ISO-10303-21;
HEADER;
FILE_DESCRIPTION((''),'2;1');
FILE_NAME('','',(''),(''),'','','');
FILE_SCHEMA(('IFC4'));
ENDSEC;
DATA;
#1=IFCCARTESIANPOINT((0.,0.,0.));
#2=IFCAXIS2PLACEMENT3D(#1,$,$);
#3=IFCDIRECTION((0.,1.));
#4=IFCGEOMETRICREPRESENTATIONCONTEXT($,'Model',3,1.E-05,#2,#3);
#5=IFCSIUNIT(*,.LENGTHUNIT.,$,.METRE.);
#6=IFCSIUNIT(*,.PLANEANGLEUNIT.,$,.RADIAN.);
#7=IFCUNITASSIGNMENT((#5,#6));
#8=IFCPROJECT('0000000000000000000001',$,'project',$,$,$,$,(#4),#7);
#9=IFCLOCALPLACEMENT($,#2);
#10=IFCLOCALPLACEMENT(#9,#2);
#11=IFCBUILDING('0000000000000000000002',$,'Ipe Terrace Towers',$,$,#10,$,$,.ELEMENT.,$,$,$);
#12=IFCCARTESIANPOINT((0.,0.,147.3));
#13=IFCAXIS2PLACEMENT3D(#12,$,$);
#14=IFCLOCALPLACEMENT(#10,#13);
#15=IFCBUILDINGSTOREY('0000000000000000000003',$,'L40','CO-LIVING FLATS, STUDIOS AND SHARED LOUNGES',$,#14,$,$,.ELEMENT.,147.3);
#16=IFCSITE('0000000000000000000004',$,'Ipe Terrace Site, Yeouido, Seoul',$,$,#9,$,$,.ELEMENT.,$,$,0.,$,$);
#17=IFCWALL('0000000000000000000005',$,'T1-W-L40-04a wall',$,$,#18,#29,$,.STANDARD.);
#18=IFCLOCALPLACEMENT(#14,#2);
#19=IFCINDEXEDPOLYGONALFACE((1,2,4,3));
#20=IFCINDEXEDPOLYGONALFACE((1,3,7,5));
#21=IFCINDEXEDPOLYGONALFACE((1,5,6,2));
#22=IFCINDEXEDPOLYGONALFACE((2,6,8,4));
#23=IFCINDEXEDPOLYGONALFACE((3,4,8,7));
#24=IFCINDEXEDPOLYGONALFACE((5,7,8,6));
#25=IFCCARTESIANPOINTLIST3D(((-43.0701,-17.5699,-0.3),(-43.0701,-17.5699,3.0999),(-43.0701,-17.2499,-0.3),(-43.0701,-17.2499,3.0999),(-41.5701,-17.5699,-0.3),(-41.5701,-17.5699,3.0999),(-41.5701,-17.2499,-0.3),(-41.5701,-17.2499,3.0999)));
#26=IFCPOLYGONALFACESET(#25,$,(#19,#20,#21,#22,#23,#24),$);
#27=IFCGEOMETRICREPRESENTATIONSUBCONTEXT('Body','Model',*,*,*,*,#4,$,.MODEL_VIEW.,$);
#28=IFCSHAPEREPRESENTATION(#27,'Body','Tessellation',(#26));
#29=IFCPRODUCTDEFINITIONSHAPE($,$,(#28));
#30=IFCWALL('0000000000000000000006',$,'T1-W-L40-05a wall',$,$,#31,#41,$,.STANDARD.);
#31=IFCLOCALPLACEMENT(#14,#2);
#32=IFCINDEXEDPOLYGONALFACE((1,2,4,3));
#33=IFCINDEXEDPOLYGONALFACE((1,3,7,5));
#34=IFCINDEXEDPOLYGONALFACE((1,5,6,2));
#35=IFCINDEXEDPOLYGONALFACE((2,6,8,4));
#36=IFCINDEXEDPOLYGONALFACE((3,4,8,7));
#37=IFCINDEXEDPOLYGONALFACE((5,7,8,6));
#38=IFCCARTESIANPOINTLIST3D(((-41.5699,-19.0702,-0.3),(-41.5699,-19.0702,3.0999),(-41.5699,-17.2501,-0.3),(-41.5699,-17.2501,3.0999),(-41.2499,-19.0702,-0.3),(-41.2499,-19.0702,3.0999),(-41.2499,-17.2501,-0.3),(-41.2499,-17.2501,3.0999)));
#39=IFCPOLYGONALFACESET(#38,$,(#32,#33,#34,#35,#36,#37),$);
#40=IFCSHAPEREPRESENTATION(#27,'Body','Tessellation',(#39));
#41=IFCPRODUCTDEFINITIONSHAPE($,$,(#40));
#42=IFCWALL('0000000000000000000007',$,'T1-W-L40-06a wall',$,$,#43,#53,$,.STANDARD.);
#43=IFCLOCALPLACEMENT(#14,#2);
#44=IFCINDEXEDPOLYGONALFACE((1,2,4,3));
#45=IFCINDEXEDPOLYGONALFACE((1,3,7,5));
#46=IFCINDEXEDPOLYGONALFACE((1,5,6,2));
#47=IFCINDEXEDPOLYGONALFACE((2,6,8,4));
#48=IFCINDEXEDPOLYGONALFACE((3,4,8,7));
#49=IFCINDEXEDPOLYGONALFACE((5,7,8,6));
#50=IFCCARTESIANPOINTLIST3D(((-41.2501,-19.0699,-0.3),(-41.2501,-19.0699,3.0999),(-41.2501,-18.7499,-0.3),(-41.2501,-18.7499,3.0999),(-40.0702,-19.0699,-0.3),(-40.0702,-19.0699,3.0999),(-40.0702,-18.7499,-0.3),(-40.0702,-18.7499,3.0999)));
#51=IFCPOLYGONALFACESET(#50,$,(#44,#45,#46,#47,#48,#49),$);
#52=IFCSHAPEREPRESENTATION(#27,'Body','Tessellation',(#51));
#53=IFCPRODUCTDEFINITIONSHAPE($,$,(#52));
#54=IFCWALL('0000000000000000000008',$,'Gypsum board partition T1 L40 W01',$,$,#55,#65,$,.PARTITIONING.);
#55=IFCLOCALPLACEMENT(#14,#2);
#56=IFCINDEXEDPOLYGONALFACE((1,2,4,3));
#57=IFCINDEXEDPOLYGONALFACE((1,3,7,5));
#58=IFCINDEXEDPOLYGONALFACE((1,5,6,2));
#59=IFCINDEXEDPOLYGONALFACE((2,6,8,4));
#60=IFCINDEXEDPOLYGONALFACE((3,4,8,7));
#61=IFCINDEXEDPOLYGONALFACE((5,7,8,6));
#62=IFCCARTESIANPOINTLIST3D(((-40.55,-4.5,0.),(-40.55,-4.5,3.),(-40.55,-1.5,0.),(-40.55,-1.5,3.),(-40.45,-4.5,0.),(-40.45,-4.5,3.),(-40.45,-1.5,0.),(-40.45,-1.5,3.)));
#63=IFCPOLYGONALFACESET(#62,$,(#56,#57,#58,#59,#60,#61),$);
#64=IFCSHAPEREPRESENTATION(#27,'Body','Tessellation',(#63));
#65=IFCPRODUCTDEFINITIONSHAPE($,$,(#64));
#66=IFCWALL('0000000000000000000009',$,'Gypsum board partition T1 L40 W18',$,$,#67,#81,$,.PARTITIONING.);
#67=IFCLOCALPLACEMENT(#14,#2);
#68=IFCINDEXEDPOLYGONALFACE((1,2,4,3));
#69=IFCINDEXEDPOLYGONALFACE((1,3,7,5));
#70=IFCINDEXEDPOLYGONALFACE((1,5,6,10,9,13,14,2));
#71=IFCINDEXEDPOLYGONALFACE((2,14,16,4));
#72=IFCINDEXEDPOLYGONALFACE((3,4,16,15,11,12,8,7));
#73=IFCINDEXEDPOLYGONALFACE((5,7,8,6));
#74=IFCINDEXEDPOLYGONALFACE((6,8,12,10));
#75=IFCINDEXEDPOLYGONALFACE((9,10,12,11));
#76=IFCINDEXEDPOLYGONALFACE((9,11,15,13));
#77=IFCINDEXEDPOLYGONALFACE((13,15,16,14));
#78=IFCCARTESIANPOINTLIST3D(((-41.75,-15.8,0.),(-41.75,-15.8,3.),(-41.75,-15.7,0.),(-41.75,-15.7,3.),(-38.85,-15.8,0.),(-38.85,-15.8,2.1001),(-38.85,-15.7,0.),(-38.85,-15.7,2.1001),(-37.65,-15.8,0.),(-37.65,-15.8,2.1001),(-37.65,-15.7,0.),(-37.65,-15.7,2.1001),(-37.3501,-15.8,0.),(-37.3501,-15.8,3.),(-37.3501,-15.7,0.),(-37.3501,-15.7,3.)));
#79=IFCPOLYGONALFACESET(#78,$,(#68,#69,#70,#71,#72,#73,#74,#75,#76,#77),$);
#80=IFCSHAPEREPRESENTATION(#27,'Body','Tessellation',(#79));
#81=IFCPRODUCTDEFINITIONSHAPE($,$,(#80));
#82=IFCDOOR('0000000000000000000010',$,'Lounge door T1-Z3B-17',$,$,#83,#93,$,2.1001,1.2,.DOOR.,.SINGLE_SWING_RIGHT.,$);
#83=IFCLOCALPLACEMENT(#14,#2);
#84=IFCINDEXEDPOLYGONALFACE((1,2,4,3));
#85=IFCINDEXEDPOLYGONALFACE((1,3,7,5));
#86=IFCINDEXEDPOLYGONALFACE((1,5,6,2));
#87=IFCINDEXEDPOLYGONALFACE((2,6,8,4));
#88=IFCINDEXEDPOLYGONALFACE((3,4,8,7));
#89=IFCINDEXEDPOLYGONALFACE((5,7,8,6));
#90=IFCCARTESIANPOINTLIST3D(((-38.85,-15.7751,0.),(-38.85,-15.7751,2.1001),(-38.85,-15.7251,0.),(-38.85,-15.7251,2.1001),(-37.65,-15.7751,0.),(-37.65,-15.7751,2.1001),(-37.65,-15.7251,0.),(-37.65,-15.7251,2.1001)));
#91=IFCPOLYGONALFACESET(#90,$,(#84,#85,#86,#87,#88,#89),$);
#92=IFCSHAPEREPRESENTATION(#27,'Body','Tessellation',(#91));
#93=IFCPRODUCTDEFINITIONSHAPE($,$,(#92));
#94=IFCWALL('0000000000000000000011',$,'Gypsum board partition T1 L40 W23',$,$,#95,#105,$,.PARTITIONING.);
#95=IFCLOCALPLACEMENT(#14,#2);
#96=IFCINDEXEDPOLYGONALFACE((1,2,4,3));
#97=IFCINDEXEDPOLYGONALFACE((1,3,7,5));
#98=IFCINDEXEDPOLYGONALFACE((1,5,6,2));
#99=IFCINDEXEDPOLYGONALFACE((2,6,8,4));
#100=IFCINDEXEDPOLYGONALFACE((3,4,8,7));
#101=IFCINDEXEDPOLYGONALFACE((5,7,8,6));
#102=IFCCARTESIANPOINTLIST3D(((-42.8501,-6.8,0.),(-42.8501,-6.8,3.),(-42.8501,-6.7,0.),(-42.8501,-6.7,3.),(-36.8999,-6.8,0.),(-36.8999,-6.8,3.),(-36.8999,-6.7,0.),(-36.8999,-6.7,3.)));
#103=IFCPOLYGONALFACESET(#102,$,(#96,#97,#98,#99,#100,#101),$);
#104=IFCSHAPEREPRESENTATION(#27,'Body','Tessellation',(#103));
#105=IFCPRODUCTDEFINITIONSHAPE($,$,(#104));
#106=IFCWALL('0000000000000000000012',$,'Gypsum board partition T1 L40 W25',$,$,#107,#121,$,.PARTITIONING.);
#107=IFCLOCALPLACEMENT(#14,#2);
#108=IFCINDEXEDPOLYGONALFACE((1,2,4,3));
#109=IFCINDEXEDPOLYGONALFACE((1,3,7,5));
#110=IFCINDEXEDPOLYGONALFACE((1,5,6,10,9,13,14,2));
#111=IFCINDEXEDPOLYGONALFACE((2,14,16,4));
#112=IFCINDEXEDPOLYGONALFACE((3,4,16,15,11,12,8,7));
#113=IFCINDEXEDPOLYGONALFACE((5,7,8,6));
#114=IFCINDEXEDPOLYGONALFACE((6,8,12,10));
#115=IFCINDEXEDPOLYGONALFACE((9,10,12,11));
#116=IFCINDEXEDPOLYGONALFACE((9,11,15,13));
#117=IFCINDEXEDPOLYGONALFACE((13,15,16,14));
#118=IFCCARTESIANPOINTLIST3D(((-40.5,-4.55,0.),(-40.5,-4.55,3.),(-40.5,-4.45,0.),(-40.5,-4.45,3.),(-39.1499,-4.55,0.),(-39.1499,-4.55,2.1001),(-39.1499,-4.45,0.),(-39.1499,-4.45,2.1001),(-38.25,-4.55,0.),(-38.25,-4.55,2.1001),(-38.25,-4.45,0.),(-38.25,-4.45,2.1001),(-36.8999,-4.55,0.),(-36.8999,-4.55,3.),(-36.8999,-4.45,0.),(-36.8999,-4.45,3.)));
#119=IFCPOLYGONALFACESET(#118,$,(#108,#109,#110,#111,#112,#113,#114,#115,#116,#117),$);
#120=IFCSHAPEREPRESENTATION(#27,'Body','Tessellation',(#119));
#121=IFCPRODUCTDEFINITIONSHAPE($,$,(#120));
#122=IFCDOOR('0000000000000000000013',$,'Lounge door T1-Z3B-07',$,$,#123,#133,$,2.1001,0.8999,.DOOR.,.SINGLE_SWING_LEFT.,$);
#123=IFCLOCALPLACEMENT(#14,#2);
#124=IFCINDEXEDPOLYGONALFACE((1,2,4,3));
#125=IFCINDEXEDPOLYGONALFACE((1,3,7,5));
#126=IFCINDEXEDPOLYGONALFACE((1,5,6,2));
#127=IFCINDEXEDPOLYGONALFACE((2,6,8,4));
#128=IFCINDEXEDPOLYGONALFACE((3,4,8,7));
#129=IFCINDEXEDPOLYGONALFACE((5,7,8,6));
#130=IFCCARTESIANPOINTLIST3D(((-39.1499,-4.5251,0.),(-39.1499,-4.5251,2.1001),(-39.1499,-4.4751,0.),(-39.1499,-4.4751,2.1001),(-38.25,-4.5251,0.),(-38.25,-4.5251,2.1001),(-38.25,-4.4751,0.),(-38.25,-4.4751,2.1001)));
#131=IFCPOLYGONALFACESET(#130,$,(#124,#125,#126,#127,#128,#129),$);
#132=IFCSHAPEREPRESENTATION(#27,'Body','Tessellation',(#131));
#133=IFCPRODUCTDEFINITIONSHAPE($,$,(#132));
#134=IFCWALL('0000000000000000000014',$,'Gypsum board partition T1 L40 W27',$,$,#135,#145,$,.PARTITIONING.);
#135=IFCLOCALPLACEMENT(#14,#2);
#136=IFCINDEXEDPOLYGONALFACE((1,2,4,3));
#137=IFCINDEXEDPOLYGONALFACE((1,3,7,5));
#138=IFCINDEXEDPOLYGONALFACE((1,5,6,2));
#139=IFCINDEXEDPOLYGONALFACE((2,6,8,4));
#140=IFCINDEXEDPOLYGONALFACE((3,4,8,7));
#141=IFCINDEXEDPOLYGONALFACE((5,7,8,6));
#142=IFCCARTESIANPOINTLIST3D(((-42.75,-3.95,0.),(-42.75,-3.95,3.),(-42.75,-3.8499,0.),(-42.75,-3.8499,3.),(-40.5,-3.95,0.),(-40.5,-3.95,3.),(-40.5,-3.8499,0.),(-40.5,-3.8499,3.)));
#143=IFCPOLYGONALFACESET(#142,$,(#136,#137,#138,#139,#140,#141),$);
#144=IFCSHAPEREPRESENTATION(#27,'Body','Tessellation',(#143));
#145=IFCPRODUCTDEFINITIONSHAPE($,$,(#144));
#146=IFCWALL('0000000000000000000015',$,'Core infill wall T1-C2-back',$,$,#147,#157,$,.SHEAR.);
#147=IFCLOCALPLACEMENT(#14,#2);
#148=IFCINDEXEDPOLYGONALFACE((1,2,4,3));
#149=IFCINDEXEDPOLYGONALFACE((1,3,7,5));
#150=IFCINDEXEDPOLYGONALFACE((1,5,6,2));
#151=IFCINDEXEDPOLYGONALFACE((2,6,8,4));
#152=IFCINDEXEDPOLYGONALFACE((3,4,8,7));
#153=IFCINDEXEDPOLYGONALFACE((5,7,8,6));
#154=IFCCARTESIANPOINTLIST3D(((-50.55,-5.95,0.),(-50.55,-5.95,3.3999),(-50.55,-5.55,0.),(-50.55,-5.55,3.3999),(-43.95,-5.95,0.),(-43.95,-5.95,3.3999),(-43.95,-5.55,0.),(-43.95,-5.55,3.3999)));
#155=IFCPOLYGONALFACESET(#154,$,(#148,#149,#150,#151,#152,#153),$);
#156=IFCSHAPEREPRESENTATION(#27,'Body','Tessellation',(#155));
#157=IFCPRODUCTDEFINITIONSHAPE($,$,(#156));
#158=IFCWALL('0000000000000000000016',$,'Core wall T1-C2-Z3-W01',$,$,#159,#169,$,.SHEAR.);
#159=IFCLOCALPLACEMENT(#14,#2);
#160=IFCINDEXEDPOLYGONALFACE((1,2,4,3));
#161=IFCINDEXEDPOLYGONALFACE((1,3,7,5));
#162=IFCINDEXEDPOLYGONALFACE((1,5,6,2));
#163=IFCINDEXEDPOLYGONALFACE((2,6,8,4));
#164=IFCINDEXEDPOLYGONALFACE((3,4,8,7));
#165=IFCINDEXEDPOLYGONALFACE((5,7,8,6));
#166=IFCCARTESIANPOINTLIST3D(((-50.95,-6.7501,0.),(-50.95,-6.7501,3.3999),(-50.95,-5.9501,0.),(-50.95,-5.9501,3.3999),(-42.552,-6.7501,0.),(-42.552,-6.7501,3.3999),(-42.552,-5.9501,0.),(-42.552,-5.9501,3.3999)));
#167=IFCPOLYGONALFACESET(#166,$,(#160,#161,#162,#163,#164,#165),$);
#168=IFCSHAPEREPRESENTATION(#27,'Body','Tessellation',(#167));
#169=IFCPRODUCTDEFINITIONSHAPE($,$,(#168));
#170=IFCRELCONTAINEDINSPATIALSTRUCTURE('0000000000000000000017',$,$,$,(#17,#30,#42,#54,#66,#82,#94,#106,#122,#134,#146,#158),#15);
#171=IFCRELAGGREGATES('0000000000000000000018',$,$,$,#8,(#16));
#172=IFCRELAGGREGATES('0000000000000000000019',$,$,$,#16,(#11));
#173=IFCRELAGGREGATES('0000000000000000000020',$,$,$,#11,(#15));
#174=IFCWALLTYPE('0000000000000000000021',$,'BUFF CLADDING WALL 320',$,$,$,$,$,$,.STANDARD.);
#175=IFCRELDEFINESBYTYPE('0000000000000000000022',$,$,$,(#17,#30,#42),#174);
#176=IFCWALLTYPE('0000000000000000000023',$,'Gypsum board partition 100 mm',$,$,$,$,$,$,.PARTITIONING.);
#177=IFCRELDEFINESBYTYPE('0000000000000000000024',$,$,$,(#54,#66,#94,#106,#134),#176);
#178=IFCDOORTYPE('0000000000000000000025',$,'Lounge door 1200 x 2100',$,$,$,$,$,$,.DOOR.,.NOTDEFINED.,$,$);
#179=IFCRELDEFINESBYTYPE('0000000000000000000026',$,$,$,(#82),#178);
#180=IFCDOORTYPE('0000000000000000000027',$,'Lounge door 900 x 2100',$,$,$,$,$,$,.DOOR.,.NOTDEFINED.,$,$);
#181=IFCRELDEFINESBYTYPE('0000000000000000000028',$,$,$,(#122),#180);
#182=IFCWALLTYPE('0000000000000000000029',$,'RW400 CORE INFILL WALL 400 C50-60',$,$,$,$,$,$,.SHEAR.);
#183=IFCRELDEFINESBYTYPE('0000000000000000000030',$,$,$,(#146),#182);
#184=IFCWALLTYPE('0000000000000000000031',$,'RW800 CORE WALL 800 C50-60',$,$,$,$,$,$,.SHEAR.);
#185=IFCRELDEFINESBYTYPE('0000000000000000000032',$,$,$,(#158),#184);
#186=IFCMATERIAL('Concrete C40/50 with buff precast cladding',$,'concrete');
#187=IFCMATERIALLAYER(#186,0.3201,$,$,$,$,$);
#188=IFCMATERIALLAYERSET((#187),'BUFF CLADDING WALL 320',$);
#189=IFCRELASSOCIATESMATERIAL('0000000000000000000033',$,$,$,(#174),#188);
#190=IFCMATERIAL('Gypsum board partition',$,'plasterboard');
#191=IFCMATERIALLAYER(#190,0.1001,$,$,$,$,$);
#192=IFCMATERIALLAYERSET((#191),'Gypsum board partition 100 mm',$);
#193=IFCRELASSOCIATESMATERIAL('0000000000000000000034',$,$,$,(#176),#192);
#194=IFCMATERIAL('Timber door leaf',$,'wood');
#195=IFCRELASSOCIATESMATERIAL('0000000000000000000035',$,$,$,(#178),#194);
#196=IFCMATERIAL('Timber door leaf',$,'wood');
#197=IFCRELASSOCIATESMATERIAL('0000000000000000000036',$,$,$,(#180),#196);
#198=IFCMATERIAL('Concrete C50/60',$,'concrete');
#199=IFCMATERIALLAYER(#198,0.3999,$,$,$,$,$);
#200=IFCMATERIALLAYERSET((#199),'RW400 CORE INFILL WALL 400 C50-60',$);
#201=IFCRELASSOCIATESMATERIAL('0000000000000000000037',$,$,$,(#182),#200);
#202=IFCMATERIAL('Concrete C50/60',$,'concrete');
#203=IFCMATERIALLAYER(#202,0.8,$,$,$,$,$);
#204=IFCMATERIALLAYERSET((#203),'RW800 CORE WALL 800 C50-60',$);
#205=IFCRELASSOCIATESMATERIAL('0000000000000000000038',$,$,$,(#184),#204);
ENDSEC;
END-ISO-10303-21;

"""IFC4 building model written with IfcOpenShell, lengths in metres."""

from ifc_helpers import new_model, si_unit, direction, frame, frame_2d, origin, place, context, subcontext, project, spatial, rectangle, extrude, material, layer, layer_set, type_object, element, fill, save


model = new_model("IFC4")

# Units and contexts
model_context = context("Model", 3, precision=1e-05, world=origin(), true_north=direction((0.0, 1.0)))
body_context = subcontext(model_context, "Body", "Model", "MODEL_VIEW")
ifc_project = project(units=[si_unit("LENGTHUNIT", "METRE"), si_unit("PLANEANGLEUNIT", "RADIAN")], contexts=[model_context])

# Site, building, storey
site_placement = place(None, origin())
site = spatial("IfcSite", under=ifc_project, at=site_placement, Name="Ipe Terrace Site, Yeouido, Seoul", CompositionType="ELEMENT", RefElevation=0.0)
building_placement = place(site_placement, origin())
building = spatial("IfcBuilding", under=site, at=building_placement, Name="Ipe Terrace Towers", CompositionType="ELEMENT")
storey_placement = place(building_placement, frame((0.0, 0.0, 147.3)))
storey = spatial("IfcBuildingStorey", under=building, at=storey_placement, Name="L40", Description="CO-LIVING FLATS, STUDIOS AND SHARED LOUNGES", CompositionType="ELEMENT", Elevation=147.3)

# Walls
ifc_material_1 = material(Name="Concrete C40/50 with buff precast cladding", Category="concrete")
ifc_layer_1 = layer(ifc_material_1, 0.3201)
ifc_layer_set_1 = layer_set([ifc_layer_1], Name="BUFF CLADDING WALL 320")
wall_type_1 = type_object("IfcWallType", Name="BUFF CLADDING WALL 320", PredefinedType="STANDARD", material=ifc_layer_set_1)
wall_1_placement = place(storey_placement, frame((-43.0701, -17.4099, -0.3), z_axis=(0.0, 0.0, 1.0), x_axis=(1.0, 0.0, 0.0)))
element("IfcWall", 1, at=wall_1_placement, inside=storey, type_object=wall_type_1, Name="T1-W-L40-04a wall", PredefinedType="STANDARD", context=body_context, shape_type="SweptSolid", body=[
    extrude(rectangle(XDim=1.5, YDim=0.3201, at=frame_2d((0.75, 0.0))), origin(), (0.0, 0.0, 1.0), 3.3999),
])
wall_2_placement = place(storey_placement, frame((-41.4099, -17.25, -0.3), z_axis=(0.0, 0.0, 1.0), x_axis=(0.0, -1.0, 0.0)))
element("IfcWall", 2, at=wall_2_placement, inside=storey, type_object=wall_type_1, Name="T1-W-L40-05a wall", PredefinedType="STANDARD", context=body_context, shape_type="SweptSolid", body=[
    extrude(rectangle(XDim=1.8201, YDim=0.3201, at=frame_2d((0.9102, 0.0))), origin(), (0.0, 0.0, 1.0), 3.3999),
])
wall_3_placement = place(storey_placement, frame((-41.25, -18.9099, -0.3), z_axis=(0.0, 0.0, 1.0), x_axis=(1.0, 0.0, 0.0)))
element("IfcWall", 3, at=wall_3_placement, inside=storey, type_object=wall_type_1, Name="T1-W-L40-06a wall", PredefinedType="STANDARD", context=body_context, shape_type="SweptSolid", body=[
    extrude(rectangle(XDim=1.1799, YDim=0.3201, at=frame_2d((0.5898, 0.0))), origin(), (0.0, 0.0, 1.0), 3.3999),
])
ifc_material_2 = material(Name="Gypsum board partition", Category="plasterboard")
ifc_layer_2 = layer(ifc_material_2, 0.1001)
ifc_layer_set_2 = layer_set([ifc_layer_2], Name="Gypsum board partition 100 mm")
wall_type_2 = type_object("IfcWallType", Name="Gypsum board partition 100 mm", PredefinedType="PARTITIONING", material=ifc_layer_set_2)
wall_4_placement = place(storey_placement, frame((-40.5, -4.5, 0.0), z_axis=(0.0, 0.0, 1.0), x_axis=(0.0, 1.0, 0.0)))
element("IfcWall", 4, at=wall_4_placement, inside=storey, type_object=wall_type_2, Name="Gypsum board partition T1 L40 W01", PredefinedType="PARTITIONING", context=body_context, shape_type="SweptSolid", body=[
    extrude(rectangle(XDim=3.0, YDim=0.1001, at=frame_2d((1.5, 0.0))), origin(), (0.0, 0.0, 1.0), 3.0),
])

# Wall, opening, door
wall_5_placement = place(storey_placement, frame((-41.75, -15.75, 0.0), z_axis=(0.0, 0.0, 1.0), x_axis=(1.0, 0.0, 0.0)))
wall_5 = element("IfcWall", 5, at=wall_5_placement, inside=storey, type_object=wall_type_2, Name="Gypsum board partition T1 L40 W18", PredefinedType="PARTITIONING", context=body_context, shape_type="SweptSolid", body=[
    extrude(rectangle(XDim=4.3999, YDim=0.1001, at=frame_2d((2.2, 0.0))), origin(), (0.0, 0.0, 1.0), 3.0),
])
opening_1_placement = place(wall_5_placement, frame((2.8999, 0.0, 0.0)))
opening_1 = element("IfcOpeningElement", 6, at=opening_1_placement, cuts=wall_5, PredefinedType="OPENING", context=body_context, shape_type="SweptSolid", body=[
    extrude(rectangle(XDim=1.2, YDim=2.1001, at=frame_2d((0.6001, 1.05))), frame((0.0, 0.0601, 0.0), z_axis=(0.0, -1.0, 0.0), x_axis=(1.0, 0.0, 0.0)), (0.0, 0.0, 1.0), 0.1201),
])
ifc_material_3 = material(Name="Timber door leaf", Category="wood")
door_type_1 = type_object("IfcDoorType", Name="Lounge door 1200 x 2100", OperationType="NOTDEFINED", PredefinedType="DOOR", material=ifc_material_3)
door_1_placement = place(opening_1_placement, origin())
door_1 = element("IfcDoor", 7, at=door_1_placement, inside=storey, type_object=door_type_1, Name="Lounge door T1-Z3B-17", OperationType="SINGLE_SWING_RIGHT", OverallHeight=2.1001, OverallWidth=1.2, PredefinedType="DOOR", context=body_context, shape_type="SweptSolid", body=[
    extrude(rectangle(XDim=1.2, YDim=2.1001, at=frame_2d((0.6001, 1.05))), frame((0.0, 0.0249, 0.0), z_axis=(0.0, -1.0, 0.0), x_axis=(1.0, 0.0, 0.0)), (0.0, 0.0, 1.0), 0.05),
])
fill(opening_1, door_1)

# Wall
wall_6_placement = place(storey_placement, frame((-42.8501, -6.75, 0.0), z_axis=(0.0, 0.0, 1.0), x_axis=(1.0, 0.0, 0.0)))
element("IfcWall", 8, at=wall_6_placement, inside=storey, type_object=wall_type_2, Name="Gypsum board partition T1 L40 W23", PredefinedType="PARTITIONING", context=body_context, shape_type="SweptSolid", body=[
    extrude(rectangle(XDim=5.9502, YDim=0.1001, at=frame_2d((2.9751, 0.0))), origin(), (0.0, 0.0, 1.0), 3.0),
])

# Wall, opening, door
wall_7_placement = place(storey_placement, frame((-40.5, -4.5, 0.0), z_axis=(0.0, 0.0, 1.0), x_axis=(1.0, 0.0, 0.0)))
wall_7 = element("IfcWall", 9, at=wall_7_placement, inside=storey, type_object=wall_type_2, Name="Gypsum board partition T1 L40 W25", PredefinedType="PARTITIONING", context=body_context, shape_type="SweptSolid", body=[
    extrude(rectangle(XDim=3.6001, YDim=0.1001, at=frame_2d((1.8, 0.0))), origin(), (0.0, 0.0, 1.0), 3.0),
])
opening_2_placement = place(wall_7_placement, frame((1.3501, 0.0, 0.0)))
opening_2 = element("IfcOpeningElement", 10, at=opening_2_placement, cuts=wall_7, PredefinedType="OPENING", context=body_context, shape_type="SweptSolid", body=[
    extrude(rectangle(XDim=0.8999, YDim=2.1001, at=frame_2d((0.45, 1.05))), frame((0.0, 0.0601, 0.0), z_axis=(0.0, -1.0, 0.0), x_axis=(1.0, 0.0, 0.0)), (0.0, 0.0, 1.0), 0.1201),
])
ifc_material_4 = material(Name="Timber door leaf", Category="wood")
door_type_2 = type_object("IfcDoorType", Name="Lounge door 900 x 2100", OperationType="NOTDEFINED", PredefinedType="DOOR", material=ifc_material_4)
door_2_placement = place(opening_2_placement, origin())
door_2 = element("IfcDoor", 11, at=door_2_placement, inside=storey, type_object=door_type_2, Name="Lounge door T1-Z3B-07", OperationType="SINGLE_SWING_LEFT", OverallHeight=2.1001, OverallWidth=0.8999, PredefinedType="DOOR", context=body_context, shape_type="SweptSolid", body=[
    extrude(rectangle(XDim=0.8999, YDim=2.1001, at=frame_2d((0.45, 1.05))), frame((0.0, 0.0249, 0.0), z_axis=(0.0, -1.0, 0.0), x_axis=(1.0, 0.0, 0.0)), (0.0, 0.0, 1.0), 0.05),
])
fill(opening_2, door_2)

# Walls
wall_8_placement = place(storey_placement, frame((-42.75, -3.8999, 0.0), z_axis=(0.0, 0.0, 1.0), x_axis=(1.0, 0.0, 0.0)))
element("IfcWall", 12, at=wall_8_placement, inside=storey, type_object=wall_type_2, Name="Gypsum board partition T1 L40 W27", PredefinedType="PARTITIONING", context=body_context, shape_type="SweptSolid", body=[
    extrude(rectangle(XDim=2.25, YDim=0.1001, at=frame_2d((1.125, 0.0))), origin(), (0.0, 0.0, 1.0), 3.0),
])
ifc_material_5 = material(Name="Concrete C50/60", Category="concrete")
ifc_layer_3 = layer(ifc_material_5, 0.3999)
ifc_layer_set_3 = layer_set([ifc_layer_3], Name="RW400 CORE INFILL WALL 400 C50-60")
wall_type_3 = type_object("IfcWallType", Name="RW400 CORE INFILL WALL 400 C50-60", PredefinedType="SHEAR", material=ifc_layer_set_3)
wall_9_placement = place(storey_placement, frame((-43.95, -5.75, 0.0), z_axis=(0.0, 0.0, 1.0), x_axis=(-1.0, 0.0, 0.0)))
element("IfcWall", 13, at=wall_9_placement, inside=storey, type_object=wall_type_3, Name="Core infill wall T1-C2-back", PredefinedType="SHEAR", context=body_context, shape_type="SweptSolid", body=[
    extrude(rectangle(XDim=6.6001, YDim=0.3999, at=frame_2d((3.3, 0.0))), origin(), (0.0, 0.0, 1.0), 3.3999),
])
ifc_material_6 = material(Name="Concrete C50/60", Category="concrete")
ifc_layer_4 = layer(ifc_material_6, 0.8)
ifc_layer_set_4 = layer_set([ifc_layer_4], Name="RW800 CORE WALL 800 C50-60")
wall_type_4 = type_object("IfcWallType", Name="RW800 CORE WALL 800 C50-60", PredefinedType="SHEAR", material=ifc_layer_set_4)
wall_10_placement = place(storey_placement, frame((-50.95, -6.3501, 0.0), z_axis=(0.0, 0.0, 1.0), x_axis=(1.0, 0.0, 0.0)))
element("IfcWall", 14, at=wall_10_placement, inside=storey, type_object=wall_type_4, Name="Core wall T1-C2-Z3-W01", PredefinedType="SHEAR", context=body_context, shape_type="SweptSolid", body=[
    extrude(rectangle(XDim=8.3979, YDim=0.8, at=frame_2d((4.199, 0.0))), origin(), (0.0, 0.0, 1.0), 3.3999),
])

save(model, "model.ifc")
